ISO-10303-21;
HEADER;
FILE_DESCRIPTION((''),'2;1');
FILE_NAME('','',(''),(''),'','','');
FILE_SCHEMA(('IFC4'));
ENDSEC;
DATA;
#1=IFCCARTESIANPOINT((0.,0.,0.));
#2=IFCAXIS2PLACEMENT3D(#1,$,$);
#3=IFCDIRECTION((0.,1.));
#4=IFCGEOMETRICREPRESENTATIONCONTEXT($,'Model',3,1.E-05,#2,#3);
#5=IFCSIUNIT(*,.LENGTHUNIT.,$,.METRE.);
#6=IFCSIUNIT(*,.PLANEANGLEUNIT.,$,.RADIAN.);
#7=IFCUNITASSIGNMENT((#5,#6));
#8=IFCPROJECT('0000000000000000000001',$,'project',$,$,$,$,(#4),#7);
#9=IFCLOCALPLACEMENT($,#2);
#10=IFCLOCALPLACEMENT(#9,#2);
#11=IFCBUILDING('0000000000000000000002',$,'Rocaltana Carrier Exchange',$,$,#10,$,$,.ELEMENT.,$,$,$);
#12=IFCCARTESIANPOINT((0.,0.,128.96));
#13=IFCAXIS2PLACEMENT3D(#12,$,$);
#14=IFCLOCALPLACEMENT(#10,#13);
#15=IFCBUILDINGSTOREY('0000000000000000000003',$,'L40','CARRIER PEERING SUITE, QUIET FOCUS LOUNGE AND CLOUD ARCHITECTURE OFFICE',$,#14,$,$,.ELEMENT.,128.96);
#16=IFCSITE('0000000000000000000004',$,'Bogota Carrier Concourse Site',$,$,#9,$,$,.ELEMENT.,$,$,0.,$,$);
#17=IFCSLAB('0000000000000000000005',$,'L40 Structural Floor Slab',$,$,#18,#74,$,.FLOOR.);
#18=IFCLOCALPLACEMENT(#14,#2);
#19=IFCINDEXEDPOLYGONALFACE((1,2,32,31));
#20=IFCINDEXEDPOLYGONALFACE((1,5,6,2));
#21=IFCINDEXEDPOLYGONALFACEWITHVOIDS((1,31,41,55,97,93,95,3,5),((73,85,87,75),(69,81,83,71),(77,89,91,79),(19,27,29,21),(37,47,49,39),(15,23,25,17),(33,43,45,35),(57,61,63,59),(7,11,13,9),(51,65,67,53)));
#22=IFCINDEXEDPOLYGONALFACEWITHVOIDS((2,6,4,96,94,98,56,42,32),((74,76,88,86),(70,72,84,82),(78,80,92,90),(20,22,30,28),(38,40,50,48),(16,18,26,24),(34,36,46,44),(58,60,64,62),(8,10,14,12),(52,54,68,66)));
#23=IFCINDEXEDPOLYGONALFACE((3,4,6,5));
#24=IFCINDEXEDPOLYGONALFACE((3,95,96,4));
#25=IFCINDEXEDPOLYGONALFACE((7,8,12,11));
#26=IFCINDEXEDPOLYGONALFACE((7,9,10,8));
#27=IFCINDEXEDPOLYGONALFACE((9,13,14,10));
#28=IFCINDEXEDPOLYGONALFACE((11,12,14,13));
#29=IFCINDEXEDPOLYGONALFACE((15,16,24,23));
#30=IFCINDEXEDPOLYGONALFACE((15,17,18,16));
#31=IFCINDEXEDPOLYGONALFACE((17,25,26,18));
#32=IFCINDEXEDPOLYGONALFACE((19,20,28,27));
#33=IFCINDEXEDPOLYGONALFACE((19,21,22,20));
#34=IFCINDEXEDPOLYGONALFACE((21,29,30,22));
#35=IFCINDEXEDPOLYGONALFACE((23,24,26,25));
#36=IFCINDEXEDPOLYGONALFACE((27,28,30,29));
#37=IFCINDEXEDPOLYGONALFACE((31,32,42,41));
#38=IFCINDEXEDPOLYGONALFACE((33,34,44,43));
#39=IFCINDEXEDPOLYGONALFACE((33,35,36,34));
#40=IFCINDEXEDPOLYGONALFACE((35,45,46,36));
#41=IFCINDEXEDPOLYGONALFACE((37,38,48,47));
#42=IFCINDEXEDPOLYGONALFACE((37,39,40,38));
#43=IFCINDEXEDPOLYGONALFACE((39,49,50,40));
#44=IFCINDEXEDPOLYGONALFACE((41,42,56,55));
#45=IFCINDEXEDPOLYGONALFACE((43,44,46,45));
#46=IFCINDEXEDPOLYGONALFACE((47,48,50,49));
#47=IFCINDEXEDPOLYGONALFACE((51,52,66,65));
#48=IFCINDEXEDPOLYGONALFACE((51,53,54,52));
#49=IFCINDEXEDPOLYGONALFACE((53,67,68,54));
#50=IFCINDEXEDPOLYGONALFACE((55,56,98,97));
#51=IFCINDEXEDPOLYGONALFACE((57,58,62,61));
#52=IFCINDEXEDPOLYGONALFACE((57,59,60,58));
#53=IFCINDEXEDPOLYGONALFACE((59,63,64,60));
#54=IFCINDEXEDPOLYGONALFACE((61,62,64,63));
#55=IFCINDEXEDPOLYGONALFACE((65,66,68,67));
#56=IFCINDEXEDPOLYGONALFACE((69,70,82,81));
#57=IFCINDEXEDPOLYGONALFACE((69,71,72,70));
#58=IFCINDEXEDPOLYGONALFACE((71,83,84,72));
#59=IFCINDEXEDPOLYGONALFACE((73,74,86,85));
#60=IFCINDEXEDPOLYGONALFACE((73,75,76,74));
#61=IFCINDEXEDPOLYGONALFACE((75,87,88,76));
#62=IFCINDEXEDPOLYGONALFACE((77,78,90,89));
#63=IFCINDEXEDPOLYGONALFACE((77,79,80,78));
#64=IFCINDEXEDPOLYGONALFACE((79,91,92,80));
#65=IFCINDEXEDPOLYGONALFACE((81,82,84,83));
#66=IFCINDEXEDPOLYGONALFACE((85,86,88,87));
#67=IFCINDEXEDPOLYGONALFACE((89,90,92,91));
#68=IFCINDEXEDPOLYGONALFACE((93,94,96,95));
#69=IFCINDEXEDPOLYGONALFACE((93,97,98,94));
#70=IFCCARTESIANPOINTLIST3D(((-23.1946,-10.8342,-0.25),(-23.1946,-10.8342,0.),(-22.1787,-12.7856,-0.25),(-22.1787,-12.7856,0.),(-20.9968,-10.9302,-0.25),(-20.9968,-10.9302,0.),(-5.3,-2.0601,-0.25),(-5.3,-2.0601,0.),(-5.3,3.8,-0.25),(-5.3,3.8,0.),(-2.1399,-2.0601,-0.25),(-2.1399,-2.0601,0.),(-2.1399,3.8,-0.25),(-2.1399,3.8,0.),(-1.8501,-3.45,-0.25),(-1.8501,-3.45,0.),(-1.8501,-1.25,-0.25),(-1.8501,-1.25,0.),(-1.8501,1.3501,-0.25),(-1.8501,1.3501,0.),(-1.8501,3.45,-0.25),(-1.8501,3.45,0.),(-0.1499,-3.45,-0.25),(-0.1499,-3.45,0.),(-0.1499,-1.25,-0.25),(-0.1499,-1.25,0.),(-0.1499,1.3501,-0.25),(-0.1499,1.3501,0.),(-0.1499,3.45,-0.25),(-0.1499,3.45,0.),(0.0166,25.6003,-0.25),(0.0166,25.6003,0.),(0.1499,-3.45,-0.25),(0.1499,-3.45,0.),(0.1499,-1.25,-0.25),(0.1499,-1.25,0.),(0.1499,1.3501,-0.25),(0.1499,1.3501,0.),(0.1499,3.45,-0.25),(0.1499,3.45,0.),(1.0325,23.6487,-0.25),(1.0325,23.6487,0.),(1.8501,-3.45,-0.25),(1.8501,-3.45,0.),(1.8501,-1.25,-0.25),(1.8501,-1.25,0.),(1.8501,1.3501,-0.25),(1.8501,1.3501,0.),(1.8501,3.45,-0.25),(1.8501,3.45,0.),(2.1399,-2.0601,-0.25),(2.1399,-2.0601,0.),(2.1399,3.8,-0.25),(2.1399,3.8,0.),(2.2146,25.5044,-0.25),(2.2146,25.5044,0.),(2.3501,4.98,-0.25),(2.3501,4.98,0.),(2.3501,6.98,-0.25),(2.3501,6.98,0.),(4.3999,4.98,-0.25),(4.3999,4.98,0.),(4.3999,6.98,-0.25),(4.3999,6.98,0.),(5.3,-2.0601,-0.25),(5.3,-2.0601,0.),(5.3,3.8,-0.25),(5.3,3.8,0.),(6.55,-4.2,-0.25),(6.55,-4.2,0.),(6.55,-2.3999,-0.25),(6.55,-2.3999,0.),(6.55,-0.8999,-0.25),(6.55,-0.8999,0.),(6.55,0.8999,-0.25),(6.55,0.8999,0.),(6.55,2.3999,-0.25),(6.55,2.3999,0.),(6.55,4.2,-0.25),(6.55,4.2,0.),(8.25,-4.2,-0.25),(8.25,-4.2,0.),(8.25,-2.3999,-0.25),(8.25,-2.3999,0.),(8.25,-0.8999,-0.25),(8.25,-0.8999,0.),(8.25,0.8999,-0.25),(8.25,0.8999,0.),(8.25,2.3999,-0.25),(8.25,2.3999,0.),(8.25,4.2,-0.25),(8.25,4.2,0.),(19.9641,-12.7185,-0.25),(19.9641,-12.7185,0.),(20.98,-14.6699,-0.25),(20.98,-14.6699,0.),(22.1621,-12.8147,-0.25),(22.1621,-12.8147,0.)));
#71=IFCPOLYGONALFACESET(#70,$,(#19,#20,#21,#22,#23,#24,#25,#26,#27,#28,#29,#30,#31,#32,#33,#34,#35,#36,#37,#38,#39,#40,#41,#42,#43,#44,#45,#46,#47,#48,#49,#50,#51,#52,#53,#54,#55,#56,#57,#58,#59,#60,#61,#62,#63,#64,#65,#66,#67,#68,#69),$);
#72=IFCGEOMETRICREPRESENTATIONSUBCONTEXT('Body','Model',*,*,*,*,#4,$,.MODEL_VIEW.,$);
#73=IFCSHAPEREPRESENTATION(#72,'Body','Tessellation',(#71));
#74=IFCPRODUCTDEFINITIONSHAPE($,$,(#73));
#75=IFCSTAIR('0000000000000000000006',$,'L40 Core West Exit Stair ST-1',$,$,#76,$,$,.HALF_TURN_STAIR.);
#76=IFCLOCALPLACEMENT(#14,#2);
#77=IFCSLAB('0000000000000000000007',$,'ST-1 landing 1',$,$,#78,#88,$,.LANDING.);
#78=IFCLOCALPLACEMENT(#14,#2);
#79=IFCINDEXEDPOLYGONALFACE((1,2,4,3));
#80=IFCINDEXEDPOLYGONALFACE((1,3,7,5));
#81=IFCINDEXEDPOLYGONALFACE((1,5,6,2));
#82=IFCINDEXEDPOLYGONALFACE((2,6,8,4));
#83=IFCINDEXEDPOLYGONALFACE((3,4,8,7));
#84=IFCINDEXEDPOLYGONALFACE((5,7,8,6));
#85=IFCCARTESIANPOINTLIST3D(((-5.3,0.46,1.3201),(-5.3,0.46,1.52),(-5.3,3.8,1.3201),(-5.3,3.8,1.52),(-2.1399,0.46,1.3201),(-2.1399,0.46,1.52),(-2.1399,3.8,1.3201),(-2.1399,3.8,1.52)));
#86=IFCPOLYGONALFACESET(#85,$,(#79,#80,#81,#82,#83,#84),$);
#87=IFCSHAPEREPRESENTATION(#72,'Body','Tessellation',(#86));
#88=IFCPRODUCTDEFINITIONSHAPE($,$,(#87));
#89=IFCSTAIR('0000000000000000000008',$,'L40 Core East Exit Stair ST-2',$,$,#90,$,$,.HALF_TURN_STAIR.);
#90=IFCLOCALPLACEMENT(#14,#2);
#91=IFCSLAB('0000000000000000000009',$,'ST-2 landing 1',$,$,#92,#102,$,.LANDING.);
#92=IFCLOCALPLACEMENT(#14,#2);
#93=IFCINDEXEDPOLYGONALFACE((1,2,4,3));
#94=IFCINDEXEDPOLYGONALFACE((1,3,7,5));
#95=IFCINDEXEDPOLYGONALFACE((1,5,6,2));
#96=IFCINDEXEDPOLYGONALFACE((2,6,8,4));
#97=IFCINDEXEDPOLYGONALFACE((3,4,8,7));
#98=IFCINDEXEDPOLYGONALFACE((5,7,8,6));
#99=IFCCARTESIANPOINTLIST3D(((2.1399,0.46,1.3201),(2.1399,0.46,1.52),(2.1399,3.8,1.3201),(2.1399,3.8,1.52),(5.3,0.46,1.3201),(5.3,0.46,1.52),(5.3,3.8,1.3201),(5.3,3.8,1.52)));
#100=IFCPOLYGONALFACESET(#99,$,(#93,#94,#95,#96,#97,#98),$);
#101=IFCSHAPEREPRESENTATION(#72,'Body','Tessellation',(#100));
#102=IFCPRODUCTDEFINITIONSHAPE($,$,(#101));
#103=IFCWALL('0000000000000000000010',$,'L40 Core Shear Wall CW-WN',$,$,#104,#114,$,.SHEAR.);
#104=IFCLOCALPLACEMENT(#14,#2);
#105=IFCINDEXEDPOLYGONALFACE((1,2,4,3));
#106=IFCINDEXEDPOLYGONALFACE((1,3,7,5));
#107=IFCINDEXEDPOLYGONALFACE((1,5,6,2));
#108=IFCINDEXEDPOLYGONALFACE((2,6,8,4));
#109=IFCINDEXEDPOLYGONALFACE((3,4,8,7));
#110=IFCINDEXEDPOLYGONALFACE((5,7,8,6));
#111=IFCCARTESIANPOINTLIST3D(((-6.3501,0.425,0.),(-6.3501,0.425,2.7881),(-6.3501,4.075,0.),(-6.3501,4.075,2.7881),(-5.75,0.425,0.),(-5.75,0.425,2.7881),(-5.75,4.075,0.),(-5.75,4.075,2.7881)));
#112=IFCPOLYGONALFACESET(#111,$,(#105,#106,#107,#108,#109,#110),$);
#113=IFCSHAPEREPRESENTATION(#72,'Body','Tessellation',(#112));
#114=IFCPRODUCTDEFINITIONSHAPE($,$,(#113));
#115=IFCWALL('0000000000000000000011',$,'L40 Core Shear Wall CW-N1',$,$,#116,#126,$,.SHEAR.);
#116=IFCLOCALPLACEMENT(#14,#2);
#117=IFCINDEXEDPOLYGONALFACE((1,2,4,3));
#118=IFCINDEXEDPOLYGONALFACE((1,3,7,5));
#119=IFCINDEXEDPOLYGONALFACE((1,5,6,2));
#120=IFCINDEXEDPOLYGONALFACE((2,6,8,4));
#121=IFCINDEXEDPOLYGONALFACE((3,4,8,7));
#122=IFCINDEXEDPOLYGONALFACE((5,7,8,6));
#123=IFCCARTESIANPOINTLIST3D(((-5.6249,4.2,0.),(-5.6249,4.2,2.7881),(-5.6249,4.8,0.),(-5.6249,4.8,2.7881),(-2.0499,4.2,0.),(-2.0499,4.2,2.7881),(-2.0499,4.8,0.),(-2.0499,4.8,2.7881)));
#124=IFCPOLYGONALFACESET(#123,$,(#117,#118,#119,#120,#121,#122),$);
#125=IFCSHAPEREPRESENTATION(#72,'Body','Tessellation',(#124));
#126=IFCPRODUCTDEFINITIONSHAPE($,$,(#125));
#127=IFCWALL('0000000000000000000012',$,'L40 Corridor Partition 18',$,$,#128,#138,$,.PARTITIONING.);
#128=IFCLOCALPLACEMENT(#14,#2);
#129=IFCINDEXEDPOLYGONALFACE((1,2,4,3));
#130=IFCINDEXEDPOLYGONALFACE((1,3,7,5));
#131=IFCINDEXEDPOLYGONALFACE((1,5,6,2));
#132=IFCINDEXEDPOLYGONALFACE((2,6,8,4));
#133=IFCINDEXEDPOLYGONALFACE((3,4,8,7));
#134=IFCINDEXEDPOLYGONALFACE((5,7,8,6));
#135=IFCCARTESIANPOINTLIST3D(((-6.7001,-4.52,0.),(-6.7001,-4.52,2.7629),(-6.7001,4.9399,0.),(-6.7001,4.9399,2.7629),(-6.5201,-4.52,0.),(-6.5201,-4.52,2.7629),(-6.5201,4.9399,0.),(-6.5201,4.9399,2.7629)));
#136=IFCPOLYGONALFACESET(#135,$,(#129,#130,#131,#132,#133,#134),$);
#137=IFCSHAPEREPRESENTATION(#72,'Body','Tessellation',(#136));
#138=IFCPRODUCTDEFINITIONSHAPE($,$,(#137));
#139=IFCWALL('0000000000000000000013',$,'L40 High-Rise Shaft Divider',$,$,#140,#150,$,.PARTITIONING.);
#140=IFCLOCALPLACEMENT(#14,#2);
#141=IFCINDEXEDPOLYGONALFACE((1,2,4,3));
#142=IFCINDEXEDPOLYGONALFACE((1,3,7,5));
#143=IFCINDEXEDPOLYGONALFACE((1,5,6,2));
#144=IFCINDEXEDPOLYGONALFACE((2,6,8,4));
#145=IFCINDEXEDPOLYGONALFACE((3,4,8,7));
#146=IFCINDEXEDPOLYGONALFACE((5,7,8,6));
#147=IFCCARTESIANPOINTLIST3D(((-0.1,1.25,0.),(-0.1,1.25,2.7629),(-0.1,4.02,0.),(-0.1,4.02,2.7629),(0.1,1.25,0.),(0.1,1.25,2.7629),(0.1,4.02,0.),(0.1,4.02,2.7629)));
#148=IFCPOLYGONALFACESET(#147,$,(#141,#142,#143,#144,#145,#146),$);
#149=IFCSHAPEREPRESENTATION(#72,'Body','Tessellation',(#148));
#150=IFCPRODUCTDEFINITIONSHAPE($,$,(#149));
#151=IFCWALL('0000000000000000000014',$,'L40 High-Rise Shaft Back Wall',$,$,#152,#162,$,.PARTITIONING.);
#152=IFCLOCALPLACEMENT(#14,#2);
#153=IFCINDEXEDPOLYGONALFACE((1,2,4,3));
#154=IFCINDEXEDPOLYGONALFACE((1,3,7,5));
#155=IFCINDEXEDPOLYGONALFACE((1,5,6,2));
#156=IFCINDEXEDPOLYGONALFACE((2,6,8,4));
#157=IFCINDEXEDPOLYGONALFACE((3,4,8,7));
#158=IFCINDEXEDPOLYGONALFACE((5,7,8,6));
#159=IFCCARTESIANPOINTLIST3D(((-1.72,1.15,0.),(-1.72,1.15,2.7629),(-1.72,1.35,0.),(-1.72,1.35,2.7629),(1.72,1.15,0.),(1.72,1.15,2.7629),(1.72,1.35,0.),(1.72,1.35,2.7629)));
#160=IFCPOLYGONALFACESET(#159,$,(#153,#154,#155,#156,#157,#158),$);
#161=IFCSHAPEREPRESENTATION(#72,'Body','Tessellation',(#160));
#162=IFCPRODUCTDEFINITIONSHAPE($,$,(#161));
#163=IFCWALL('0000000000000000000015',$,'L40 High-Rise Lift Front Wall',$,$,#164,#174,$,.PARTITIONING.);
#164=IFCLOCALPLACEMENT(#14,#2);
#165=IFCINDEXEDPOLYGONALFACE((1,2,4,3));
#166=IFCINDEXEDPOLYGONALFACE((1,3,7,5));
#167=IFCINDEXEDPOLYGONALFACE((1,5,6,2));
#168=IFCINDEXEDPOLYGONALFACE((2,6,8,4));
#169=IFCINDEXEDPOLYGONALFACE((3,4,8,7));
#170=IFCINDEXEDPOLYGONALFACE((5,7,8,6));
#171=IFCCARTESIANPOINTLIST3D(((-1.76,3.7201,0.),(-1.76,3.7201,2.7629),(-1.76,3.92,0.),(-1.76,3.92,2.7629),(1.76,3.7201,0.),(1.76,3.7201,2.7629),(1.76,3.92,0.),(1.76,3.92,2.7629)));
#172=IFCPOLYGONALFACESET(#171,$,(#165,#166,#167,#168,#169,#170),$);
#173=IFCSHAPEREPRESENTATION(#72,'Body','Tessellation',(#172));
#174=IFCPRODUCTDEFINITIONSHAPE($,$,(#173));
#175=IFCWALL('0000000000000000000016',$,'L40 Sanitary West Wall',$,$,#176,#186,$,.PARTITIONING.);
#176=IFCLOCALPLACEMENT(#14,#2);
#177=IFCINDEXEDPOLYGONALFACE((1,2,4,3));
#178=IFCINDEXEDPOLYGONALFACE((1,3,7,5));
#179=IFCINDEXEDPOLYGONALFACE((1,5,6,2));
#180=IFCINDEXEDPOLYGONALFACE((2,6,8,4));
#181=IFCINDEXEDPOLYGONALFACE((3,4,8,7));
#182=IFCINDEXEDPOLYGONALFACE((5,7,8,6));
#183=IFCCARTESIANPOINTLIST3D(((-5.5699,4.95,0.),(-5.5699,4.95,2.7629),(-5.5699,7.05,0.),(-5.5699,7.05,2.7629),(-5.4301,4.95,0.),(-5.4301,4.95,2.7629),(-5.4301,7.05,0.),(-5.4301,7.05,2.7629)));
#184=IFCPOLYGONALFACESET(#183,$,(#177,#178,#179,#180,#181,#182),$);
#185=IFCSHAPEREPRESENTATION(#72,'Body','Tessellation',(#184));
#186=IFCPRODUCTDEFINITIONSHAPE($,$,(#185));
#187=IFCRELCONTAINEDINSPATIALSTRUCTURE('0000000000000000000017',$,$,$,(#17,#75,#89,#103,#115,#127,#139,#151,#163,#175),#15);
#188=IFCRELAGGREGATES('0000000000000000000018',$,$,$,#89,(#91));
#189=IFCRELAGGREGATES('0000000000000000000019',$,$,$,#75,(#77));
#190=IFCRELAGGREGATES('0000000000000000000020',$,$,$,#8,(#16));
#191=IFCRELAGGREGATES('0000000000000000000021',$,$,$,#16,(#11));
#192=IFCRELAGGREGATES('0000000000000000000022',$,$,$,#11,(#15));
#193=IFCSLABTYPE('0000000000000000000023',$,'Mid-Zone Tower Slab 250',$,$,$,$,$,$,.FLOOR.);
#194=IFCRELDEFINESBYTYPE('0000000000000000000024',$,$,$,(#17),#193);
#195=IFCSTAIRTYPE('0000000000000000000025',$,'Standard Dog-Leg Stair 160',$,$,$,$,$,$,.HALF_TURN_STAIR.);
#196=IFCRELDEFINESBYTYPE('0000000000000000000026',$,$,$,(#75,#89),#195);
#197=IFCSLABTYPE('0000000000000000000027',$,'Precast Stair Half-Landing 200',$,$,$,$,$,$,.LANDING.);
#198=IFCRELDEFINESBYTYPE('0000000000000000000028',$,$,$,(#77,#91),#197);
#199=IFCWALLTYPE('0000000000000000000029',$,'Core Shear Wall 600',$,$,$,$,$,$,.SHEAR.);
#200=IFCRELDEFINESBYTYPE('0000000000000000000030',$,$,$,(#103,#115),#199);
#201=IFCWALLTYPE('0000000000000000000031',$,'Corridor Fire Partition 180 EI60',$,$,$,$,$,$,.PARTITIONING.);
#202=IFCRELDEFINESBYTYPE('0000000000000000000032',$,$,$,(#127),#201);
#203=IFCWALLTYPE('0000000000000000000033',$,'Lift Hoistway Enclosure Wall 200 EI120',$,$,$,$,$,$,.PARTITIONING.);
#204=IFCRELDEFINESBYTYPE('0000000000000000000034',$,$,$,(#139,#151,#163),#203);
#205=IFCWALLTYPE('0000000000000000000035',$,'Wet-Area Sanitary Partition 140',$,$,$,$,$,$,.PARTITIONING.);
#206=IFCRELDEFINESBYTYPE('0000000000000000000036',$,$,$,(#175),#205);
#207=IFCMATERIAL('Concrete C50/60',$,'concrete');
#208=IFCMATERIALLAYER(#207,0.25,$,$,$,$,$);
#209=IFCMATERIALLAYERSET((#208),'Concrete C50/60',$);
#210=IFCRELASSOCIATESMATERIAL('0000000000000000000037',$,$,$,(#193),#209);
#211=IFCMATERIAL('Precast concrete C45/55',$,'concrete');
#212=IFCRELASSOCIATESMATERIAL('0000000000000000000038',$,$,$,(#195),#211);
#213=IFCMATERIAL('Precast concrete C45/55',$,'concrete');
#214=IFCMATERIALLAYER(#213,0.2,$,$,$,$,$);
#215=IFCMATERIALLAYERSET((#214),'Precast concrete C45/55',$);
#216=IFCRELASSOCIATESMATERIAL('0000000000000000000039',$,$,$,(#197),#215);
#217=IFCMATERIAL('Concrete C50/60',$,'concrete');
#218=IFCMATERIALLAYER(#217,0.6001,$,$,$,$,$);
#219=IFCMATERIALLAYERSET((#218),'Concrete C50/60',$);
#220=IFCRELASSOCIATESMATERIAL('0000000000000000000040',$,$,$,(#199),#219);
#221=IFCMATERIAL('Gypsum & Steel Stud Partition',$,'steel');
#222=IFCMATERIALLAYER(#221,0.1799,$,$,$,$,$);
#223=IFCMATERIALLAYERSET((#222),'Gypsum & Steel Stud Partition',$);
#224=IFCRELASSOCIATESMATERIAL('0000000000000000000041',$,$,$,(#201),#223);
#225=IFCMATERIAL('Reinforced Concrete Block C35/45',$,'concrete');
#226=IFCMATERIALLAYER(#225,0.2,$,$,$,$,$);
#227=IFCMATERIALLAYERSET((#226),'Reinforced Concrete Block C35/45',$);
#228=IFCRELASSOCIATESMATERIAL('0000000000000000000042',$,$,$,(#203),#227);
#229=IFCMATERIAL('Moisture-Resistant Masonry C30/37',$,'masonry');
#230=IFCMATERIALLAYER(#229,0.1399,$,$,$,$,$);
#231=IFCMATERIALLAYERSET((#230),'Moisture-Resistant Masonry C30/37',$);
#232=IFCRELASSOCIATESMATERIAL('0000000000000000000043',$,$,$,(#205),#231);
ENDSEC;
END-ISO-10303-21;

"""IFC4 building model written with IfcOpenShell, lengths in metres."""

from ifc_helpers import new_model, si_unit, direction, frame, frame_2d, origin, place, context, subcontext, project, spatial, polyline, rectangle, outline, extrude, material, layer, layer_set, type_object, element, aggregate, save


model = new_model("IFC4")

# Units and contexts
model_context = context("Model", 3, precision=1e-05, world=origin(), true_north=direction((0.0, 1.0)))
body_context = subcontext(model_context, "Body", "Model", "MODEL_VIEW")
ifc_project = project(units=[si_unit("LENGTHUNIT", "METRE"), si_unit("PLANEANGLEUNIT", "RADIAN")], contexts=[model_context])

# Site, building, storey
site_placement = place(None, origin())
site = spatial("IfcSite", under=ifc_project, at=site_placement, Name="Bogota Carrier Concourse Site", CompositionType="ELEMENT", RefElevation=0.0)
building_placement = place(site_placement, origin())
building = spatial("IfcBuilding", under=site, at=building_placement, Name="Rocaltana Carrier Exchange", CompositionType="ELEMENT")
storey_placement = place(building_placement, frame((0.0, 0.0, 128.96)))
storey = spatial("IfcBuildingStorey", under=building, at=storey_placement, Name="L40", Description="CARRIER PEERING SUITE, QUIET FOCUS LOUNGE AND CLOUD ARCHITECTURE OFFICE", CompositionType="ELEMENT", Elevation=128.96)

# Slab
ifc_material_1 = material(Name="Concrete C50/60", Category="concrete")
ifc_layer_1 = layer(ifc_material_1, 0.25)
ifc_layer_set_1 = layer_set([ifc_layer_1], Name="Concrete C50/60")
slab_type_1 = type_object("IfcSlabType", Name="Mid-Zone Tower Slab 250", PredefinedType="FLOOR", material=ifc_layer_set_1)
slab_1_placement = place(storey_placement, frame((0.0, 0.0, -0.25)))
element("IfcSlab", 1, at=slab_1_placement, inside=storey, type_object=slab_type_1, Name="L40 Structural Floor Slab", PredefinedType="FLOOR", context=body_context, shape_type="SweptSolid", body=[
    extrude(outline(polyline([(20.98, -14.6699), (19.9641, -12.7185), (22.1621, -12.8147), (2.2146, 25.5044), (1.0325, 23.6487), (0.0166, 25.6003), (-23.1946, -10.8342), (-20.9968, -10.9302), (-22.1787, -12.7856), (20.98, -14.6699)]), holes=[polyline([(-5.3, -2.0601), (-2.1399, -2.0601), (-2.1399, 3.8), (-5.3, 3.8), (-5.3, -2.0601)]), polyline([(2.1399, -2.0601), (5.3, -2.0601), (5.3, 3.8), (2.1399, 3.8), (2.1399, -2.0601)]), polyline([(-1.8501, -3.45), (-0.1499, -3.45), (-0.1499, -1.25), (-1.8501, -1.25), (-1.8501, -3.45)]), polyline([(0.1499, -3.45), (1.8501, -3.45), (1.8501, -1.25), (0.1499, -1.25), (0.1499, -3.45)]), polyline([(2.3501, 4.98), (4.3999, 4.98), (4.3999, 6.98), (2.3501, 6.98), (2.3501, 4.98)]), polyline([(-1.8501, 1.3501), (-0.1499, 1.3501), (-0.1499, 3.45), (-1.8501, 3.45), (-1.8501, 1.3501)]), polyline([(0.1499, 1.3501), (1.8501, 1.3501), (1.8501, 3.45), (0.1499, 3.45), (0.1499, 1.3501)]), polyline([(6.55, -4.2), (8.25, -4.2), (8.25, -2.3999), (6.55, -2.3999), (6.55, -4.2)]), polyline([(6.55, -0.8999), (8.25, -0.8999), (8.25, 0.8999), (6.55, 0.8999), (6.55, -0.8999)]), polyline([(6.55, 2.3999), (8.25, 2.3999), (8.25, 4.2), (6.55, 4.2), (6.55, 2.3999)])]), origin(), (0.0, 0.0, 1.0), 0.25),
])

# Stairs, slabs
ifc_material_2 = material(Name="Precast concrete C45/55", Category="concrete")
stair_type = type_object("IfcStairType", Name="Standard Dog-Leg Stair 160", PredefinedType="HALF_TURN_STAIR", material=ifc_material_2)
stair_1_placement = place(storey_placement, origin())
stair_1 = element("IfcStair", 2, at=stair_1_placement, inside=storey, type_object=stair_type, Name="L40 Core West Exit Stair ST-1", PredefinedType="HALF_TURN_STAIR")
ifc_material_3 = material(Name="Precast concrete C45/55", Category="concrete")
ifc_layer_2 = layer(ifc_material_3, 0.2)
ifc_layer_set_2 = layer_set([ifc_layer_2], Name="Precast concrete C45/55")
slab_type_2 = type_object("IfcSlabType", Name="Precast Stair Half-Landing 200", PredefinedType="LANDING", material=ifc_layer_set_2)
slab_2_placement = place(storey_placement, frame((0.0, 0.0, 1.3201)))
slab_2 = element("IfcSlab", 3, at=slab_2_placement, type_object=slab_type_2, Name="ST-1 landing 1", PredefinedType="LANDING", context=body_context, shape_type="SweptSolid", body=[
    extrude(outline(polyline([(-2.1399, 0.46), (-2.1399, 3.8), (-5.3, 3.8), (-5.3, 0.46), (-2.1399, 0.46)])), origin(), (0.0, 0.0, 1.0), 0.2),
])
stair_2_placement = place(storey_placement, origin())
stair_2 = element("IfcStair", 4, at=stair_2_placement, inside=storey, type_object=stair_type, Name="L40 Core East Exit Stair ST-2", PredefinedType="HALF_TURN_STAIR")
slab_3_placement = place(storey_placement, frame((0.0, 0.0, 1.3201)))
slab_3 = element("IfcSlab", 5, at=slab_3_placement, type_object=slab_type_2, Name="ST-2 landing 1", PredefinedType="LANDING", context=body_context, shape_type="SweptSolid", body=[
    extrude(outline(polyline([(5.3, 0.46), (5.3, 3.8), (2.1399, 3.8), (2.1399, 0.46), (5.3, 0.46)])), origin(), (0.0, 0.0, 1.0), 0.2),
])
aggregate(stair_2, [slab_3])

# Walls
ifc_material_4 = material(Name="Concrete C50/60", Category="concrete")
ifc_layer_3 = layer(ifc_material_4, 0.6001)
ifc_layer_set_3 = layer_set([ifc_layer_3], Name="Concrete C50/60")
wall_type_1 = type_object("IfcWallType", Name="Core Shear Wall 600", PredefinedType="SHEAR", material=ifc_layer_set_3)
wall_1_placement = place(storey_placement, frame((-6.05, 0.425, 0.0), z_axis=(0.0, 0.0, 1.0), x_axis=(0.0, 1.0, 0.0)))
element("IfcWall", 6, at=wall_1_placement, inside=storey, type_object=wall_type_1, Name="L40 Core Shear Wall CW-WN", PredefinedType="SHEAR", context=body_context, shape_type="SweptSolid", body=[
    extrude(rectangle(XDim=3.6499, YDim=0.6001, at=frame_2d((1.825, 0.0))), origin(), (0.0, 0.0, 1.0), 2.7881),
])
wall_2_placement = place(storey_placement, frame((-5.625, 4.5, 0.0), z_axis=(0.0, 0.0, 1.0), x_axis=(1.0, 0.0, 0.0)))
element("IfcWall", 7, at=wall_2_placement, inside=storey, type_object=wall_type_1, Name="L40 Core Shear Wall CW-N1", PredefinedType="SHEAR", context=body_context, shape_type="SweptSolid", body=[
    extrude(rectangle(XDim=3.575, YDim=0.6001, at=frame_2d((1.7876, 0.0))), origin(), (0.0, 0.0, 1.0), 2.7881),
])
ifc_material_5 = material(Name="Gypsum & Steel Stud Partition", Category="steel")
ifc_layer_4 = layer(ifc_material_5, 0.1799)
ifc_layer_set_4 = layer_set([ifc_layer_4], Name="Gypsum & Steel Stud Partition")
wall_type_2 = type_object("IfcWallType", Name="Corridor Fire Partition 180 EI60", PredefinedType="PARTITIONING", material=ifc_layer_set_4)
wall_3_placement = place(storey_placement, frame((-6.6101, 4.9399, 0.0), z_axis=(0.0, 0.0, 1.0), x_axis=(0.0, -1.0, 0.0)))
element("IfcWall", 8, at=wall_3_placement, inside=storey, type_object=wall_type_2, Name="L40 Corridor Partition 18", PredefinedType="PARTITIONING", context=body_context, shape_type="SweptSolid", body=[
    extrude(rectangle(XDim=9.46, YDim=0.1799, at=frame_2d((4.73, 0.0))), origin(), (0.0, 0.0, 1.0), 2.7629),
])
ifc_material_6 = material(Name="Reinforced Concrete Block C35/45", Category="concrete")
ifc_layer_5 = layer(ifc_material_6, 0.2)
ifc_layer_set_5 = layer_set([ifc_layer_5], Name="Reinforced Concrete Block C35/45")
wall_type_3 = type_object("IfcWallType", Name="Lift Hoistway Enclosure Wall 200 EI120", PredefinedType="PARTITIONING", material=ifc_layer_set_5)
wall_4_placement = place(storey_placement, frame((0.0, 1.25, 0.0), z_axis=(0.0, 0.0, 1.0), x_axis=(0.0, 1.0, 0.0)))
element("IfcWall", 9, at=wall_4_placement, inside=storey, type_object=wall_type_3, Name="L40 High-Rise Shaft Divider", PredefinedType="PARTITIONING", context=body_context, shape_type="SweptSolid", body=[
    extrude(rectangle(XDim=2.77, YDim=0.2, at=frame_2d((1.385, 0.0))), origin(), (0.0, 0.0, 1.0), 2.7629),
])
wall_5_placement = place(storey_placement, frame((-1.72, 1.25, 0.0), z_axis=(0.0, 0.0, 1.0), x_axis=(1.0, 0.0, 0.0)))
element("IfcWall", 10, at=wall_5_placement, inside=storey, type_object=wall_type_3, Name="L40 High-Rise Shaft Back Wall", PredefinedType="PARTITIONING", context=body_context, shape_type="SweptSolid", body=[
    extrude(rectangle(XDim=3.4399, YDim=0.2, at=frame_2d((1.72, 0.0))), origin(), (0.0, 0.0, 1.0), 2.7629),
])
wall_6_placement = place(storey_placement, frame((-1.76, 3.8201, 0.0), z_axis=(0.0, 0.0, 1.0), x_axis=(1.0, 0.0, 0.0)))
element("IfcWall", 11, at=wall_6_placement, inside=storey, type_object=wall_type_3, Name="L40 High-Rise Lift Front Wall", PredefinedType="PARTITIONING", context=body_context, shape_type="SweptSolid", body=[
    extrude(rectangle(XDim=3.52, YDim=0.2, at=frame_2d((1.76, 0.0))), origin(), (0.0, 0.0, 1.0), 2.7629),
])
ifc_material_7 = material(Name="Moisture-Resistant Masonry C30/37", Category="masonry")
ifc_layer_6 = layer(ifc_material_7, 0.1399)
ifc_layer_set_6 = layer_set([ifc_layer_6], Name="Moisture-Resistant Masonry C30/37")
wall_type_4 = type_object("IfcWallType", Name="Wet-Area Sanitary Partition 140", PredefinedType="PARTITIONING", material=ifc_layer_set_6)
wall_7_placement = place(storey_placement, frame((-5.5, 4.95, 0.0), z_axis=(0.0, 0.0, 1.0), x_axis=(0.0, 1.0, 0.0)))
element("IfcWall", 12, at=wall_7_placement, inside=storey, type_object=wall_type_4, Name="L40 Sanitary West Wall", PredefinedType="PARTITIONING", context=body_context, shape_type="SweptSolid", body=[
    extrude(rectangle(XDim=2.1001, YDim=0.1399, at=frame_2d((1.05, 0.0))), origin(), (0.0, 0.0, 1.0), 2.7629),
])

aggregate(stair_1, [slab_2])

save(model, "model.ifc")
